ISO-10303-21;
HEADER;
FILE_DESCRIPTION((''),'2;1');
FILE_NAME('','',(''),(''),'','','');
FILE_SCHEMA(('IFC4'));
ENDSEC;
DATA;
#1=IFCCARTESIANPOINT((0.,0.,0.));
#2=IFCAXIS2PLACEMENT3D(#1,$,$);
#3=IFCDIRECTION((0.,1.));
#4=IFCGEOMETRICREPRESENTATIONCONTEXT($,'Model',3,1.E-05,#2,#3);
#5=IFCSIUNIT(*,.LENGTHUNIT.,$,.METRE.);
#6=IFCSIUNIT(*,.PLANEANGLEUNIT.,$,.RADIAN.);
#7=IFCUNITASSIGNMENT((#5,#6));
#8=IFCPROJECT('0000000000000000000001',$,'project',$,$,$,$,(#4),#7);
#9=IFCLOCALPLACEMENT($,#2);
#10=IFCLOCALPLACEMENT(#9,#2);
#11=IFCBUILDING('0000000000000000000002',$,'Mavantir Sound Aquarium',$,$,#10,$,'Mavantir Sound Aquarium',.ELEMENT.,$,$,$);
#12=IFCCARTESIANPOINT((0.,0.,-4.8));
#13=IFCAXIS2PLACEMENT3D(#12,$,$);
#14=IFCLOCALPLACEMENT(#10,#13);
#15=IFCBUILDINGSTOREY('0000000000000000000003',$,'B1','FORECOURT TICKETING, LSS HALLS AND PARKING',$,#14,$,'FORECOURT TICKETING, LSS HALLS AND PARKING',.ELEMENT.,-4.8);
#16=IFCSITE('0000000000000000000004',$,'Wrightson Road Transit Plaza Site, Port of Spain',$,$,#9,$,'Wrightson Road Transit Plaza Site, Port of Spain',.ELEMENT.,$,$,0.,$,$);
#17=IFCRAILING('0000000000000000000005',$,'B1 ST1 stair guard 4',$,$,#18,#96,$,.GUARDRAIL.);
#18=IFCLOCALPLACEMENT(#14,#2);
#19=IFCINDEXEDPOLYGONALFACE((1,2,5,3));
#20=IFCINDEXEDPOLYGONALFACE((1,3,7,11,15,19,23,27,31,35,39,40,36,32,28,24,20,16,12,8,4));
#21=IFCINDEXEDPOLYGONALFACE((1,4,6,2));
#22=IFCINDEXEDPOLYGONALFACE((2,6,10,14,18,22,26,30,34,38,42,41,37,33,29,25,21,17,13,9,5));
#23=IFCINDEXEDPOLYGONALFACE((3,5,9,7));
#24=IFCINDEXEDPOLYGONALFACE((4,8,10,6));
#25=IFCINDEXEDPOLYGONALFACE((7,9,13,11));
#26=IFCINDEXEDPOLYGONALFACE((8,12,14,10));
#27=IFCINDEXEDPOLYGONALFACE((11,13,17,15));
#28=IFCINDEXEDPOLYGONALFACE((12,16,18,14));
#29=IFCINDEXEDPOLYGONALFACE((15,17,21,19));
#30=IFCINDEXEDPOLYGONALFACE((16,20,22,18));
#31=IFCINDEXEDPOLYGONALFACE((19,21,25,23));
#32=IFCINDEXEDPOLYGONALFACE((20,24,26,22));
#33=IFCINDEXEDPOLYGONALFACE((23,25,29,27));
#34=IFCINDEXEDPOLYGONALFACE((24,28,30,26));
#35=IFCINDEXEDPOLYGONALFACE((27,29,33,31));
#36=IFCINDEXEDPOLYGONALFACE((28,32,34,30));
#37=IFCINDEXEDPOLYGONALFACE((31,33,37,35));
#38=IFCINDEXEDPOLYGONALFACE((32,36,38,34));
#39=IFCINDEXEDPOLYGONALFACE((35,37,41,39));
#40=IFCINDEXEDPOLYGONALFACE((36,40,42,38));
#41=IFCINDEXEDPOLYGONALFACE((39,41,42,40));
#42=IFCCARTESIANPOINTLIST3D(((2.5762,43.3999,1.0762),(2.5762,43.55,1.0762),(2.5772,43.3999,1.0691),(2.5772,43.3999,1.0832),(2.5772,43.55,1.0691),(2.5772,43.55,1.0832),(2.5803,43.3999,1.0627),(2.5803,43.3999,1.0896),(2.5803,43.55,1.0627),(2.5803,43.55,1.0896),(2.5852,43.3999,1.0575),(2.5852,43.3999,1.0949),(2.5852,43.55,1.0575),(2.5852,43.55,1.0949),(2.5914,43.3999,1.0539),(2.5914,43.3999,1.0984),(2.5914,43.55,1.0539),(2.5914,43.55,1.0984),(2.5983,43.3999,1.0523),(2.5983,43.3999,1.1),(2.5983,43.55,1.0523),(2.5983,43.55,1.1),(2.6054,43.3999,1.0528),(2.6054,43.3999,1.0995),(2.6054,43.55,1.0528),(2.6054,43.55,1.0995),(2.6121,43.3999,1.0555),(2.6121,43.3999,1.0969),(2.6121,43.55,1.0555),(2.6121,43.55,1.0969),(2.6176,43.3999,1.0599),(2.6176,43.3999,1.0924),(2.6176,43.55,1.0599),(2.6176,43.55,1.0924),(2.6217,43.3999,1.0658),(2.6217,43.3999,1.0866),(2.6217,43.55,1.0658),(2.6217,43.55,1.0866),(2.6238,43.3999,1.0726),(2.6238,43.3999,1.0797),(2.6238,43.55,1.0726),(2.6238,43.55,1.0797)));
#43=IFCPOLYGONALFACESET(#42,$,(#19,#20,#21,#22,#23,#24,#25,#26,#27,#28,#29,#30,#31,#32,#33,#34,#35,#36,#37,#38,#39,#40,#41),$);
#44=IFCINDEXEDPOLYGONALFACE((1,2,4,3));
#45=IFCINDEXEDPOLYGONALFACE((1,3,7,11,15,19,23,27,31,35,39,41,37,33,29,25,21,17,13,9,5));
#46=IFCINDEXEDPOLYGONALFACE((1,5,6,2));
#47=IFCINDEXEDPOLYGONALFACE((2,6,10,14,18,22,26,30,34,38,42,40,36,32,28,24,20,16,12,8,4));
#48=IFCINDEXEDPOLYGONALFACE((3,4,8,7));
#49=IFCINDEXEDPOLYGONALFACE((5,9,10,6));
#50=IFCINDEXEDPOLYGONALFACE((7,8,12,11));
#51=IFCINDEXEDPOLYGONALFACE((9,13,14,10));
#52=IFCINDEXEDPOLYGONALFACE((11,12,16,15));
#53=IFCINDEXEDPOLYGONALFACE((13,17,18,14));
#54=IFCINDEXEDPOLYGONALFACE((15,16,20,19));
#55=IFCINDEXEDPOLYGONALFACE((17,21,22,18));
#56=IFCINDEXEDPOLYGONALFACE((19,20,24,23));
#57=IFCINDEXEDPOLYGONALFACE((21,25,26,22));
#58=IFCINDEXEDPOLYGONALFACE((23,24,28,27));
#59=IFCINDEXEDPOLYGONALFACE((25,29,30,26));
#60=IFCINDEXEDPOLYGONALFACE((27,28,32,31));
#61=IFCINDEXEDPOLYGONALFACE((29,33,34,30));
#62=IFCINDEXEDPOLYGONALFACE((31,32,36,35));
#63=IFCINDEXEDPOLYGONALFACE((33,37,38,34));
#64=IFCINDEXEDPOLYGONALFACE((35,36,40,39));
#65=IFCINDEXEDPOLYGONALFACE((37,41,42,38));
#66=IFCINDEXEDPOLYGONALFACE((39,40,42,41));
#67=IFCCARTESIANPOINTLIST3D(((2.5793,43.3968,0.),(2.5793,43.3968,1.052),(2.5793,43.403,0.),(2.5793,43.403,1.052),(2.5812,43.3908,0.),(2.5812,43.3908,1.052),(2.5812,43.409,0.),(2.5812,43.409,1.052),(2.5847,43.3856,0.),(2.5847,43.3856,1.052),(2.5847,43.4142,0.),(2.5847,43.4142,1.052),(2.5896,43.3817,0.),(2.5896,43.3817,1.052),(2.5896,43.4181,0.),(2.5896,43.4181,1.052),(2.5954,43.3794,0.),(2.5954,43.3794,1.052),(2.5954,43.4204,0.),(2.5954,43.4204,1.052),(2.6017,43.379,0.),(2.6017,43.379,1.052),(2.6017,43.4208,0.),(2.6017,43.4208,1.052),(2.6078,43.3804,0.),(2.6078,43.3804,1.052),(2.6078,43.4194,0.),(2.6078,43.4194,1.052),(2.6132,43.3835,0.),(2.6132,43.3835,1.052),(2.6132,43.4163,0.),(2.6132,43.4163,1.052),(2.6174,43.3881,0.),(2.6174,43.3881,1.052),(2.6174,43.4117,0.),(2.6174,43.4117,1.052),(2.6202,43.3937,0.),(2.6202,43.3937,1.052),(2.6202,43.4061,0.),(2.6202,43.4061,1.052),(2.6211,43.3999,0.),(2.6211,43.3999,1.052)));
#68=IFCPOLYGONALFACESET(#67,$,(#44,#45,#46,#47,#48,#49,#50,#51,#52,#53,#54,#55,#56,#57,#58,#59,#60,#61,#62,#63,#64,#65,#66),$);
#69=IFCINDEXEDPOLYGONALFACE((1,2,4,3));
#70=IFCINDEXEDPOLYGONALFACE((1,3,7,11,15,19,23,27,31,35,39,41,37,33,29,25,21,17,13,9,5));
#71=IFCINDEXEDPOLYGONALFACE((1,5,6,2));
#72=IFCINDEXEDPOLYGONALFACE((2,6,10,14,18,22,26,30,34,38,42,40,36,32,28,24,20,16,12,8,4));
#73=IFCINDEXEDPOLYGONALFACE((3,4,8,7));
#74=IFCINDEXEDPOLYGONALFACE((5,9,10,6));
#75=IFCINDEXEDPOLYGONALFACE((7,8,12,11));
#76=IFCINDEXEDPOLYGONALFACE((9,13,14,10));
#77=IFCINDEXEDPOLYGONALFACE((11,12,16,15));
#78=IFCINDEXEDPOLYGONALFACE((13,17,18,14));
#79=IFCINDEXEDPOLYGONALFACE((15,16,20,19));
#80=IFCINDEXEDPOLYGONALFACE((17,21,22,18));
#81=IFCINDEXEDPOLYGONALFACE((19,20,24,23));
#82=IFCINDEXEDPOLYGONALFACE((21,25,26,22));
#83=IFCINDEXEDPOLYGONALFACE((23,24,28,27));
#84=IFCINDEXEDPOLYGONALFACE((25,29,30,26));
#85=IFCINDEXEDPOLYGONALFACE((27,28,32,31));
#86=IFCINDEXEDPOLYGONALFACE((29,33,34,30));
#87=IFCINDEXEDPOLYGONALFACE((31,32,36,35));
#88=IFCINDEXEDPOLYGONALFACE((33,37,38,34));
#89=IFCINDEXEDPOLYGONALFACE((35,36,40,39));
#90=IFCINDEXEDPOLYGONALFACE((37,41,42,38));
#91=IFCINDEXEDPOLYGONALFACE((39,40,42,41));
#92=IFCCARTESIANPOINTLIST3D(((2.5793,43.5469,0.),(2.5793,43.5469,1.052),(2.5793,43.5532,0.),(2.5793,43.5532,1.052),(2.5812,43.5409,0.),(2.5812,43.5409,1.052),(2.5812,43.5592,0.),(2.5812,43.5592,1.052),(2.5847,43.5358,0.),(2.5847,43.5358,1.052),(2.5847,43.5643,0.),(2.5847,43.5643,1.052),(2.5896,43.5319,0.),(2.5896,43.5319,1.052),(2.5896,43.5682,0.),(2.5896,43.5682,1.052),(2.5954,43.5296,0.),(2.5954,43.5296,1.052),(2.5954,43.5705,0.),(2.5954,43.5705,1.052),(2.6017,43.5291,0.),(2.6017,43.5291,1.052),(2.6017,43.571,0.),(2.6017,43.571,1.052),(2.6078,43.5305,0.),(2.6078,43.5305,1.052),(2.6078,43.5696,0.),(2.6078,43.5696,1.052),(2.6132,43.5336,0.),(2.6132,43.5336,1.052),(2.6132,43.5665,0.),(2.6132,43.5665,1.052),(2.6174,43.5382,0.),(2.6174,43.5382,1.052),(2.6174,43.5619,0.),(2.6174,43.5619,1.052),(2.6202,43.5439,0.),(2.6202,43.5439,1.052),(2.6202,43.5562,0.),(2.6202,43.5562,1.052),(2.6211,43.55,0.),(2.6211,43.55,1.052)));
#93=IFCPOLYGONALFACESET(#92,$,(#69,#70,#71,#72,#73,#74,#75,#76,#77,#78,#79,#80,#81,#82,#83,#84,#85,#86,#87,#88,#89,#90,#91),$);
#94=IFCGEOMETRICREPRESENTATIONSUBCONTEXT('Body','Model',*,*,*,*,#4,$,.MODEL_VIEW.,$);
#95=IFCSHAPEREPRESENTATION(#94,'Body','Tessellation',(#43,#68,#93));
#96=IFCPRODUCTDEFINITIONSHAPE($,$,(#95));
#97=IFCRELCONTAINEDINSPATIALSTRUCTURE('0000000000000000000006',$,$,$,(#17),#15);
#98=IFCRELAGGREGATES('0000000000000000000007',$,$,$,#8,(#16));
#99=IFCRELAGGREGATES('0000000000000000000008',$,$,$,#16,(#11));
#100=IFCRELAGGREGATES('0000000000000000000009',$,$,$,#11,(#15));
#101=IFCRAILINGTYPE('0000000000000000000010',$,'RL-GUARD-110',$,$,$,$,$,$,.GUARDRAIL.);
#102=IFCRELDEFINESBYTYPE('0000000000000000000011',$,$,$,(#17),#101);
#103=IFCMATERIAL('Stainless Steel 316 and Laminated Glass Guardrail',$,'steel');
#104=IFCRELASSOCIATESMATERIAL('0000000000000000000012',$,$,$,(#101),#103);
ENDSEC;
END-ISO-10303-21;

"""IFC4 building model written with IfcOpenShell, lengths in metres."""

from ifc_helpers import new_model, si_unit, direction, frame, origin, origin_2d, place, context, subcontext, project, spatial, circle, extrude, material, type_object, element, save


model = new_model("IFC4")

# Units and contexts
model_context = context("Model", 3, precision=1e-05, world=origin(), true_north=direction((0.0, 1.0)))
body_context = subcontext(model_context, "Body", "Model", "MODEL_VIEW")
ifc_project = project(units=[si_unit("LENGTHUNIT", "METRE"), si_unit("PLANEANGLEUNIT", "RADIAN")], contexts=[model_context])

# Site, building, storey
site_placement = place(None, origin())
site = spatial("IfcSite", under=ifc_project, at=site_placement, Name="Wrightson Road Transit Plaza Site, Port of Spain", LongName="Wrightson Road Transit Plaza Site, Port of Spain", CompositionType="ELEMENT", RefElevation=0.0)
building_placement = place(site_placement, origin())
building = spatial("IfcBuilding", under=site, at=building_placement, Name="Mavantir Sound Aquarium", LongName="Mavantir Sound Aquarium", CompositionType="ELEMENT")
storey_placement = place(building_placement, frame((0.0, 0.0, -4.8)))
storey = spatial("IfcBuildingStorey", under=building, at=storey_placement, Name="B1", Description="FORECOURT TICKETING, LSS HALLS AND PARKING", LongName="FORECOURT TICKETING, LSS HALLS AND PARKING", CompositionType="ELEMENT", Elevation=-4.8)

# Railing
ifc_material_1 = material(Name="Stainless Steel 316 and Laminated Glass Guardrail", Category="steel")
railing_type_1 = type_object("IfcRailingType", Name="RL-GUARD-110", PredefinedType="GUARDRAIL", material=ifc_material_1)
railing_1_placement = place(storey_placement, frame((2.6001, 43.3999, 0.0)))
element("IfcRailing", 1, at=railing_1_placement, inside=storey, type_object=railing_type_1, Name="B1 ST1 stair guard 4", PredefinedType="GUARDRAIL", context=body_context, shape_type="SweptSolid", body=[
    extrude(circle(Radius=0.0239, at=origin_2d()), frame((0.0, 0.0, 1.0762), z_axis=(0.0, 1.0, 0.0), x_axis=(-1.0, 0.0, 0.0)), (0.0, 0.0, 1.0), 0.1501),
    extrude(circle(Radius=0.021, at=origin_2d()), origin(), (0.0, 0.0, 1.0), 1.052),
    extrude(circle(Radius=0.021, at=origin_2d()), frame((0.0, 0.1501, 0.0)), (0.0, 0.0, 1.0), 1.052),
])

save(model, "model.ifc")
